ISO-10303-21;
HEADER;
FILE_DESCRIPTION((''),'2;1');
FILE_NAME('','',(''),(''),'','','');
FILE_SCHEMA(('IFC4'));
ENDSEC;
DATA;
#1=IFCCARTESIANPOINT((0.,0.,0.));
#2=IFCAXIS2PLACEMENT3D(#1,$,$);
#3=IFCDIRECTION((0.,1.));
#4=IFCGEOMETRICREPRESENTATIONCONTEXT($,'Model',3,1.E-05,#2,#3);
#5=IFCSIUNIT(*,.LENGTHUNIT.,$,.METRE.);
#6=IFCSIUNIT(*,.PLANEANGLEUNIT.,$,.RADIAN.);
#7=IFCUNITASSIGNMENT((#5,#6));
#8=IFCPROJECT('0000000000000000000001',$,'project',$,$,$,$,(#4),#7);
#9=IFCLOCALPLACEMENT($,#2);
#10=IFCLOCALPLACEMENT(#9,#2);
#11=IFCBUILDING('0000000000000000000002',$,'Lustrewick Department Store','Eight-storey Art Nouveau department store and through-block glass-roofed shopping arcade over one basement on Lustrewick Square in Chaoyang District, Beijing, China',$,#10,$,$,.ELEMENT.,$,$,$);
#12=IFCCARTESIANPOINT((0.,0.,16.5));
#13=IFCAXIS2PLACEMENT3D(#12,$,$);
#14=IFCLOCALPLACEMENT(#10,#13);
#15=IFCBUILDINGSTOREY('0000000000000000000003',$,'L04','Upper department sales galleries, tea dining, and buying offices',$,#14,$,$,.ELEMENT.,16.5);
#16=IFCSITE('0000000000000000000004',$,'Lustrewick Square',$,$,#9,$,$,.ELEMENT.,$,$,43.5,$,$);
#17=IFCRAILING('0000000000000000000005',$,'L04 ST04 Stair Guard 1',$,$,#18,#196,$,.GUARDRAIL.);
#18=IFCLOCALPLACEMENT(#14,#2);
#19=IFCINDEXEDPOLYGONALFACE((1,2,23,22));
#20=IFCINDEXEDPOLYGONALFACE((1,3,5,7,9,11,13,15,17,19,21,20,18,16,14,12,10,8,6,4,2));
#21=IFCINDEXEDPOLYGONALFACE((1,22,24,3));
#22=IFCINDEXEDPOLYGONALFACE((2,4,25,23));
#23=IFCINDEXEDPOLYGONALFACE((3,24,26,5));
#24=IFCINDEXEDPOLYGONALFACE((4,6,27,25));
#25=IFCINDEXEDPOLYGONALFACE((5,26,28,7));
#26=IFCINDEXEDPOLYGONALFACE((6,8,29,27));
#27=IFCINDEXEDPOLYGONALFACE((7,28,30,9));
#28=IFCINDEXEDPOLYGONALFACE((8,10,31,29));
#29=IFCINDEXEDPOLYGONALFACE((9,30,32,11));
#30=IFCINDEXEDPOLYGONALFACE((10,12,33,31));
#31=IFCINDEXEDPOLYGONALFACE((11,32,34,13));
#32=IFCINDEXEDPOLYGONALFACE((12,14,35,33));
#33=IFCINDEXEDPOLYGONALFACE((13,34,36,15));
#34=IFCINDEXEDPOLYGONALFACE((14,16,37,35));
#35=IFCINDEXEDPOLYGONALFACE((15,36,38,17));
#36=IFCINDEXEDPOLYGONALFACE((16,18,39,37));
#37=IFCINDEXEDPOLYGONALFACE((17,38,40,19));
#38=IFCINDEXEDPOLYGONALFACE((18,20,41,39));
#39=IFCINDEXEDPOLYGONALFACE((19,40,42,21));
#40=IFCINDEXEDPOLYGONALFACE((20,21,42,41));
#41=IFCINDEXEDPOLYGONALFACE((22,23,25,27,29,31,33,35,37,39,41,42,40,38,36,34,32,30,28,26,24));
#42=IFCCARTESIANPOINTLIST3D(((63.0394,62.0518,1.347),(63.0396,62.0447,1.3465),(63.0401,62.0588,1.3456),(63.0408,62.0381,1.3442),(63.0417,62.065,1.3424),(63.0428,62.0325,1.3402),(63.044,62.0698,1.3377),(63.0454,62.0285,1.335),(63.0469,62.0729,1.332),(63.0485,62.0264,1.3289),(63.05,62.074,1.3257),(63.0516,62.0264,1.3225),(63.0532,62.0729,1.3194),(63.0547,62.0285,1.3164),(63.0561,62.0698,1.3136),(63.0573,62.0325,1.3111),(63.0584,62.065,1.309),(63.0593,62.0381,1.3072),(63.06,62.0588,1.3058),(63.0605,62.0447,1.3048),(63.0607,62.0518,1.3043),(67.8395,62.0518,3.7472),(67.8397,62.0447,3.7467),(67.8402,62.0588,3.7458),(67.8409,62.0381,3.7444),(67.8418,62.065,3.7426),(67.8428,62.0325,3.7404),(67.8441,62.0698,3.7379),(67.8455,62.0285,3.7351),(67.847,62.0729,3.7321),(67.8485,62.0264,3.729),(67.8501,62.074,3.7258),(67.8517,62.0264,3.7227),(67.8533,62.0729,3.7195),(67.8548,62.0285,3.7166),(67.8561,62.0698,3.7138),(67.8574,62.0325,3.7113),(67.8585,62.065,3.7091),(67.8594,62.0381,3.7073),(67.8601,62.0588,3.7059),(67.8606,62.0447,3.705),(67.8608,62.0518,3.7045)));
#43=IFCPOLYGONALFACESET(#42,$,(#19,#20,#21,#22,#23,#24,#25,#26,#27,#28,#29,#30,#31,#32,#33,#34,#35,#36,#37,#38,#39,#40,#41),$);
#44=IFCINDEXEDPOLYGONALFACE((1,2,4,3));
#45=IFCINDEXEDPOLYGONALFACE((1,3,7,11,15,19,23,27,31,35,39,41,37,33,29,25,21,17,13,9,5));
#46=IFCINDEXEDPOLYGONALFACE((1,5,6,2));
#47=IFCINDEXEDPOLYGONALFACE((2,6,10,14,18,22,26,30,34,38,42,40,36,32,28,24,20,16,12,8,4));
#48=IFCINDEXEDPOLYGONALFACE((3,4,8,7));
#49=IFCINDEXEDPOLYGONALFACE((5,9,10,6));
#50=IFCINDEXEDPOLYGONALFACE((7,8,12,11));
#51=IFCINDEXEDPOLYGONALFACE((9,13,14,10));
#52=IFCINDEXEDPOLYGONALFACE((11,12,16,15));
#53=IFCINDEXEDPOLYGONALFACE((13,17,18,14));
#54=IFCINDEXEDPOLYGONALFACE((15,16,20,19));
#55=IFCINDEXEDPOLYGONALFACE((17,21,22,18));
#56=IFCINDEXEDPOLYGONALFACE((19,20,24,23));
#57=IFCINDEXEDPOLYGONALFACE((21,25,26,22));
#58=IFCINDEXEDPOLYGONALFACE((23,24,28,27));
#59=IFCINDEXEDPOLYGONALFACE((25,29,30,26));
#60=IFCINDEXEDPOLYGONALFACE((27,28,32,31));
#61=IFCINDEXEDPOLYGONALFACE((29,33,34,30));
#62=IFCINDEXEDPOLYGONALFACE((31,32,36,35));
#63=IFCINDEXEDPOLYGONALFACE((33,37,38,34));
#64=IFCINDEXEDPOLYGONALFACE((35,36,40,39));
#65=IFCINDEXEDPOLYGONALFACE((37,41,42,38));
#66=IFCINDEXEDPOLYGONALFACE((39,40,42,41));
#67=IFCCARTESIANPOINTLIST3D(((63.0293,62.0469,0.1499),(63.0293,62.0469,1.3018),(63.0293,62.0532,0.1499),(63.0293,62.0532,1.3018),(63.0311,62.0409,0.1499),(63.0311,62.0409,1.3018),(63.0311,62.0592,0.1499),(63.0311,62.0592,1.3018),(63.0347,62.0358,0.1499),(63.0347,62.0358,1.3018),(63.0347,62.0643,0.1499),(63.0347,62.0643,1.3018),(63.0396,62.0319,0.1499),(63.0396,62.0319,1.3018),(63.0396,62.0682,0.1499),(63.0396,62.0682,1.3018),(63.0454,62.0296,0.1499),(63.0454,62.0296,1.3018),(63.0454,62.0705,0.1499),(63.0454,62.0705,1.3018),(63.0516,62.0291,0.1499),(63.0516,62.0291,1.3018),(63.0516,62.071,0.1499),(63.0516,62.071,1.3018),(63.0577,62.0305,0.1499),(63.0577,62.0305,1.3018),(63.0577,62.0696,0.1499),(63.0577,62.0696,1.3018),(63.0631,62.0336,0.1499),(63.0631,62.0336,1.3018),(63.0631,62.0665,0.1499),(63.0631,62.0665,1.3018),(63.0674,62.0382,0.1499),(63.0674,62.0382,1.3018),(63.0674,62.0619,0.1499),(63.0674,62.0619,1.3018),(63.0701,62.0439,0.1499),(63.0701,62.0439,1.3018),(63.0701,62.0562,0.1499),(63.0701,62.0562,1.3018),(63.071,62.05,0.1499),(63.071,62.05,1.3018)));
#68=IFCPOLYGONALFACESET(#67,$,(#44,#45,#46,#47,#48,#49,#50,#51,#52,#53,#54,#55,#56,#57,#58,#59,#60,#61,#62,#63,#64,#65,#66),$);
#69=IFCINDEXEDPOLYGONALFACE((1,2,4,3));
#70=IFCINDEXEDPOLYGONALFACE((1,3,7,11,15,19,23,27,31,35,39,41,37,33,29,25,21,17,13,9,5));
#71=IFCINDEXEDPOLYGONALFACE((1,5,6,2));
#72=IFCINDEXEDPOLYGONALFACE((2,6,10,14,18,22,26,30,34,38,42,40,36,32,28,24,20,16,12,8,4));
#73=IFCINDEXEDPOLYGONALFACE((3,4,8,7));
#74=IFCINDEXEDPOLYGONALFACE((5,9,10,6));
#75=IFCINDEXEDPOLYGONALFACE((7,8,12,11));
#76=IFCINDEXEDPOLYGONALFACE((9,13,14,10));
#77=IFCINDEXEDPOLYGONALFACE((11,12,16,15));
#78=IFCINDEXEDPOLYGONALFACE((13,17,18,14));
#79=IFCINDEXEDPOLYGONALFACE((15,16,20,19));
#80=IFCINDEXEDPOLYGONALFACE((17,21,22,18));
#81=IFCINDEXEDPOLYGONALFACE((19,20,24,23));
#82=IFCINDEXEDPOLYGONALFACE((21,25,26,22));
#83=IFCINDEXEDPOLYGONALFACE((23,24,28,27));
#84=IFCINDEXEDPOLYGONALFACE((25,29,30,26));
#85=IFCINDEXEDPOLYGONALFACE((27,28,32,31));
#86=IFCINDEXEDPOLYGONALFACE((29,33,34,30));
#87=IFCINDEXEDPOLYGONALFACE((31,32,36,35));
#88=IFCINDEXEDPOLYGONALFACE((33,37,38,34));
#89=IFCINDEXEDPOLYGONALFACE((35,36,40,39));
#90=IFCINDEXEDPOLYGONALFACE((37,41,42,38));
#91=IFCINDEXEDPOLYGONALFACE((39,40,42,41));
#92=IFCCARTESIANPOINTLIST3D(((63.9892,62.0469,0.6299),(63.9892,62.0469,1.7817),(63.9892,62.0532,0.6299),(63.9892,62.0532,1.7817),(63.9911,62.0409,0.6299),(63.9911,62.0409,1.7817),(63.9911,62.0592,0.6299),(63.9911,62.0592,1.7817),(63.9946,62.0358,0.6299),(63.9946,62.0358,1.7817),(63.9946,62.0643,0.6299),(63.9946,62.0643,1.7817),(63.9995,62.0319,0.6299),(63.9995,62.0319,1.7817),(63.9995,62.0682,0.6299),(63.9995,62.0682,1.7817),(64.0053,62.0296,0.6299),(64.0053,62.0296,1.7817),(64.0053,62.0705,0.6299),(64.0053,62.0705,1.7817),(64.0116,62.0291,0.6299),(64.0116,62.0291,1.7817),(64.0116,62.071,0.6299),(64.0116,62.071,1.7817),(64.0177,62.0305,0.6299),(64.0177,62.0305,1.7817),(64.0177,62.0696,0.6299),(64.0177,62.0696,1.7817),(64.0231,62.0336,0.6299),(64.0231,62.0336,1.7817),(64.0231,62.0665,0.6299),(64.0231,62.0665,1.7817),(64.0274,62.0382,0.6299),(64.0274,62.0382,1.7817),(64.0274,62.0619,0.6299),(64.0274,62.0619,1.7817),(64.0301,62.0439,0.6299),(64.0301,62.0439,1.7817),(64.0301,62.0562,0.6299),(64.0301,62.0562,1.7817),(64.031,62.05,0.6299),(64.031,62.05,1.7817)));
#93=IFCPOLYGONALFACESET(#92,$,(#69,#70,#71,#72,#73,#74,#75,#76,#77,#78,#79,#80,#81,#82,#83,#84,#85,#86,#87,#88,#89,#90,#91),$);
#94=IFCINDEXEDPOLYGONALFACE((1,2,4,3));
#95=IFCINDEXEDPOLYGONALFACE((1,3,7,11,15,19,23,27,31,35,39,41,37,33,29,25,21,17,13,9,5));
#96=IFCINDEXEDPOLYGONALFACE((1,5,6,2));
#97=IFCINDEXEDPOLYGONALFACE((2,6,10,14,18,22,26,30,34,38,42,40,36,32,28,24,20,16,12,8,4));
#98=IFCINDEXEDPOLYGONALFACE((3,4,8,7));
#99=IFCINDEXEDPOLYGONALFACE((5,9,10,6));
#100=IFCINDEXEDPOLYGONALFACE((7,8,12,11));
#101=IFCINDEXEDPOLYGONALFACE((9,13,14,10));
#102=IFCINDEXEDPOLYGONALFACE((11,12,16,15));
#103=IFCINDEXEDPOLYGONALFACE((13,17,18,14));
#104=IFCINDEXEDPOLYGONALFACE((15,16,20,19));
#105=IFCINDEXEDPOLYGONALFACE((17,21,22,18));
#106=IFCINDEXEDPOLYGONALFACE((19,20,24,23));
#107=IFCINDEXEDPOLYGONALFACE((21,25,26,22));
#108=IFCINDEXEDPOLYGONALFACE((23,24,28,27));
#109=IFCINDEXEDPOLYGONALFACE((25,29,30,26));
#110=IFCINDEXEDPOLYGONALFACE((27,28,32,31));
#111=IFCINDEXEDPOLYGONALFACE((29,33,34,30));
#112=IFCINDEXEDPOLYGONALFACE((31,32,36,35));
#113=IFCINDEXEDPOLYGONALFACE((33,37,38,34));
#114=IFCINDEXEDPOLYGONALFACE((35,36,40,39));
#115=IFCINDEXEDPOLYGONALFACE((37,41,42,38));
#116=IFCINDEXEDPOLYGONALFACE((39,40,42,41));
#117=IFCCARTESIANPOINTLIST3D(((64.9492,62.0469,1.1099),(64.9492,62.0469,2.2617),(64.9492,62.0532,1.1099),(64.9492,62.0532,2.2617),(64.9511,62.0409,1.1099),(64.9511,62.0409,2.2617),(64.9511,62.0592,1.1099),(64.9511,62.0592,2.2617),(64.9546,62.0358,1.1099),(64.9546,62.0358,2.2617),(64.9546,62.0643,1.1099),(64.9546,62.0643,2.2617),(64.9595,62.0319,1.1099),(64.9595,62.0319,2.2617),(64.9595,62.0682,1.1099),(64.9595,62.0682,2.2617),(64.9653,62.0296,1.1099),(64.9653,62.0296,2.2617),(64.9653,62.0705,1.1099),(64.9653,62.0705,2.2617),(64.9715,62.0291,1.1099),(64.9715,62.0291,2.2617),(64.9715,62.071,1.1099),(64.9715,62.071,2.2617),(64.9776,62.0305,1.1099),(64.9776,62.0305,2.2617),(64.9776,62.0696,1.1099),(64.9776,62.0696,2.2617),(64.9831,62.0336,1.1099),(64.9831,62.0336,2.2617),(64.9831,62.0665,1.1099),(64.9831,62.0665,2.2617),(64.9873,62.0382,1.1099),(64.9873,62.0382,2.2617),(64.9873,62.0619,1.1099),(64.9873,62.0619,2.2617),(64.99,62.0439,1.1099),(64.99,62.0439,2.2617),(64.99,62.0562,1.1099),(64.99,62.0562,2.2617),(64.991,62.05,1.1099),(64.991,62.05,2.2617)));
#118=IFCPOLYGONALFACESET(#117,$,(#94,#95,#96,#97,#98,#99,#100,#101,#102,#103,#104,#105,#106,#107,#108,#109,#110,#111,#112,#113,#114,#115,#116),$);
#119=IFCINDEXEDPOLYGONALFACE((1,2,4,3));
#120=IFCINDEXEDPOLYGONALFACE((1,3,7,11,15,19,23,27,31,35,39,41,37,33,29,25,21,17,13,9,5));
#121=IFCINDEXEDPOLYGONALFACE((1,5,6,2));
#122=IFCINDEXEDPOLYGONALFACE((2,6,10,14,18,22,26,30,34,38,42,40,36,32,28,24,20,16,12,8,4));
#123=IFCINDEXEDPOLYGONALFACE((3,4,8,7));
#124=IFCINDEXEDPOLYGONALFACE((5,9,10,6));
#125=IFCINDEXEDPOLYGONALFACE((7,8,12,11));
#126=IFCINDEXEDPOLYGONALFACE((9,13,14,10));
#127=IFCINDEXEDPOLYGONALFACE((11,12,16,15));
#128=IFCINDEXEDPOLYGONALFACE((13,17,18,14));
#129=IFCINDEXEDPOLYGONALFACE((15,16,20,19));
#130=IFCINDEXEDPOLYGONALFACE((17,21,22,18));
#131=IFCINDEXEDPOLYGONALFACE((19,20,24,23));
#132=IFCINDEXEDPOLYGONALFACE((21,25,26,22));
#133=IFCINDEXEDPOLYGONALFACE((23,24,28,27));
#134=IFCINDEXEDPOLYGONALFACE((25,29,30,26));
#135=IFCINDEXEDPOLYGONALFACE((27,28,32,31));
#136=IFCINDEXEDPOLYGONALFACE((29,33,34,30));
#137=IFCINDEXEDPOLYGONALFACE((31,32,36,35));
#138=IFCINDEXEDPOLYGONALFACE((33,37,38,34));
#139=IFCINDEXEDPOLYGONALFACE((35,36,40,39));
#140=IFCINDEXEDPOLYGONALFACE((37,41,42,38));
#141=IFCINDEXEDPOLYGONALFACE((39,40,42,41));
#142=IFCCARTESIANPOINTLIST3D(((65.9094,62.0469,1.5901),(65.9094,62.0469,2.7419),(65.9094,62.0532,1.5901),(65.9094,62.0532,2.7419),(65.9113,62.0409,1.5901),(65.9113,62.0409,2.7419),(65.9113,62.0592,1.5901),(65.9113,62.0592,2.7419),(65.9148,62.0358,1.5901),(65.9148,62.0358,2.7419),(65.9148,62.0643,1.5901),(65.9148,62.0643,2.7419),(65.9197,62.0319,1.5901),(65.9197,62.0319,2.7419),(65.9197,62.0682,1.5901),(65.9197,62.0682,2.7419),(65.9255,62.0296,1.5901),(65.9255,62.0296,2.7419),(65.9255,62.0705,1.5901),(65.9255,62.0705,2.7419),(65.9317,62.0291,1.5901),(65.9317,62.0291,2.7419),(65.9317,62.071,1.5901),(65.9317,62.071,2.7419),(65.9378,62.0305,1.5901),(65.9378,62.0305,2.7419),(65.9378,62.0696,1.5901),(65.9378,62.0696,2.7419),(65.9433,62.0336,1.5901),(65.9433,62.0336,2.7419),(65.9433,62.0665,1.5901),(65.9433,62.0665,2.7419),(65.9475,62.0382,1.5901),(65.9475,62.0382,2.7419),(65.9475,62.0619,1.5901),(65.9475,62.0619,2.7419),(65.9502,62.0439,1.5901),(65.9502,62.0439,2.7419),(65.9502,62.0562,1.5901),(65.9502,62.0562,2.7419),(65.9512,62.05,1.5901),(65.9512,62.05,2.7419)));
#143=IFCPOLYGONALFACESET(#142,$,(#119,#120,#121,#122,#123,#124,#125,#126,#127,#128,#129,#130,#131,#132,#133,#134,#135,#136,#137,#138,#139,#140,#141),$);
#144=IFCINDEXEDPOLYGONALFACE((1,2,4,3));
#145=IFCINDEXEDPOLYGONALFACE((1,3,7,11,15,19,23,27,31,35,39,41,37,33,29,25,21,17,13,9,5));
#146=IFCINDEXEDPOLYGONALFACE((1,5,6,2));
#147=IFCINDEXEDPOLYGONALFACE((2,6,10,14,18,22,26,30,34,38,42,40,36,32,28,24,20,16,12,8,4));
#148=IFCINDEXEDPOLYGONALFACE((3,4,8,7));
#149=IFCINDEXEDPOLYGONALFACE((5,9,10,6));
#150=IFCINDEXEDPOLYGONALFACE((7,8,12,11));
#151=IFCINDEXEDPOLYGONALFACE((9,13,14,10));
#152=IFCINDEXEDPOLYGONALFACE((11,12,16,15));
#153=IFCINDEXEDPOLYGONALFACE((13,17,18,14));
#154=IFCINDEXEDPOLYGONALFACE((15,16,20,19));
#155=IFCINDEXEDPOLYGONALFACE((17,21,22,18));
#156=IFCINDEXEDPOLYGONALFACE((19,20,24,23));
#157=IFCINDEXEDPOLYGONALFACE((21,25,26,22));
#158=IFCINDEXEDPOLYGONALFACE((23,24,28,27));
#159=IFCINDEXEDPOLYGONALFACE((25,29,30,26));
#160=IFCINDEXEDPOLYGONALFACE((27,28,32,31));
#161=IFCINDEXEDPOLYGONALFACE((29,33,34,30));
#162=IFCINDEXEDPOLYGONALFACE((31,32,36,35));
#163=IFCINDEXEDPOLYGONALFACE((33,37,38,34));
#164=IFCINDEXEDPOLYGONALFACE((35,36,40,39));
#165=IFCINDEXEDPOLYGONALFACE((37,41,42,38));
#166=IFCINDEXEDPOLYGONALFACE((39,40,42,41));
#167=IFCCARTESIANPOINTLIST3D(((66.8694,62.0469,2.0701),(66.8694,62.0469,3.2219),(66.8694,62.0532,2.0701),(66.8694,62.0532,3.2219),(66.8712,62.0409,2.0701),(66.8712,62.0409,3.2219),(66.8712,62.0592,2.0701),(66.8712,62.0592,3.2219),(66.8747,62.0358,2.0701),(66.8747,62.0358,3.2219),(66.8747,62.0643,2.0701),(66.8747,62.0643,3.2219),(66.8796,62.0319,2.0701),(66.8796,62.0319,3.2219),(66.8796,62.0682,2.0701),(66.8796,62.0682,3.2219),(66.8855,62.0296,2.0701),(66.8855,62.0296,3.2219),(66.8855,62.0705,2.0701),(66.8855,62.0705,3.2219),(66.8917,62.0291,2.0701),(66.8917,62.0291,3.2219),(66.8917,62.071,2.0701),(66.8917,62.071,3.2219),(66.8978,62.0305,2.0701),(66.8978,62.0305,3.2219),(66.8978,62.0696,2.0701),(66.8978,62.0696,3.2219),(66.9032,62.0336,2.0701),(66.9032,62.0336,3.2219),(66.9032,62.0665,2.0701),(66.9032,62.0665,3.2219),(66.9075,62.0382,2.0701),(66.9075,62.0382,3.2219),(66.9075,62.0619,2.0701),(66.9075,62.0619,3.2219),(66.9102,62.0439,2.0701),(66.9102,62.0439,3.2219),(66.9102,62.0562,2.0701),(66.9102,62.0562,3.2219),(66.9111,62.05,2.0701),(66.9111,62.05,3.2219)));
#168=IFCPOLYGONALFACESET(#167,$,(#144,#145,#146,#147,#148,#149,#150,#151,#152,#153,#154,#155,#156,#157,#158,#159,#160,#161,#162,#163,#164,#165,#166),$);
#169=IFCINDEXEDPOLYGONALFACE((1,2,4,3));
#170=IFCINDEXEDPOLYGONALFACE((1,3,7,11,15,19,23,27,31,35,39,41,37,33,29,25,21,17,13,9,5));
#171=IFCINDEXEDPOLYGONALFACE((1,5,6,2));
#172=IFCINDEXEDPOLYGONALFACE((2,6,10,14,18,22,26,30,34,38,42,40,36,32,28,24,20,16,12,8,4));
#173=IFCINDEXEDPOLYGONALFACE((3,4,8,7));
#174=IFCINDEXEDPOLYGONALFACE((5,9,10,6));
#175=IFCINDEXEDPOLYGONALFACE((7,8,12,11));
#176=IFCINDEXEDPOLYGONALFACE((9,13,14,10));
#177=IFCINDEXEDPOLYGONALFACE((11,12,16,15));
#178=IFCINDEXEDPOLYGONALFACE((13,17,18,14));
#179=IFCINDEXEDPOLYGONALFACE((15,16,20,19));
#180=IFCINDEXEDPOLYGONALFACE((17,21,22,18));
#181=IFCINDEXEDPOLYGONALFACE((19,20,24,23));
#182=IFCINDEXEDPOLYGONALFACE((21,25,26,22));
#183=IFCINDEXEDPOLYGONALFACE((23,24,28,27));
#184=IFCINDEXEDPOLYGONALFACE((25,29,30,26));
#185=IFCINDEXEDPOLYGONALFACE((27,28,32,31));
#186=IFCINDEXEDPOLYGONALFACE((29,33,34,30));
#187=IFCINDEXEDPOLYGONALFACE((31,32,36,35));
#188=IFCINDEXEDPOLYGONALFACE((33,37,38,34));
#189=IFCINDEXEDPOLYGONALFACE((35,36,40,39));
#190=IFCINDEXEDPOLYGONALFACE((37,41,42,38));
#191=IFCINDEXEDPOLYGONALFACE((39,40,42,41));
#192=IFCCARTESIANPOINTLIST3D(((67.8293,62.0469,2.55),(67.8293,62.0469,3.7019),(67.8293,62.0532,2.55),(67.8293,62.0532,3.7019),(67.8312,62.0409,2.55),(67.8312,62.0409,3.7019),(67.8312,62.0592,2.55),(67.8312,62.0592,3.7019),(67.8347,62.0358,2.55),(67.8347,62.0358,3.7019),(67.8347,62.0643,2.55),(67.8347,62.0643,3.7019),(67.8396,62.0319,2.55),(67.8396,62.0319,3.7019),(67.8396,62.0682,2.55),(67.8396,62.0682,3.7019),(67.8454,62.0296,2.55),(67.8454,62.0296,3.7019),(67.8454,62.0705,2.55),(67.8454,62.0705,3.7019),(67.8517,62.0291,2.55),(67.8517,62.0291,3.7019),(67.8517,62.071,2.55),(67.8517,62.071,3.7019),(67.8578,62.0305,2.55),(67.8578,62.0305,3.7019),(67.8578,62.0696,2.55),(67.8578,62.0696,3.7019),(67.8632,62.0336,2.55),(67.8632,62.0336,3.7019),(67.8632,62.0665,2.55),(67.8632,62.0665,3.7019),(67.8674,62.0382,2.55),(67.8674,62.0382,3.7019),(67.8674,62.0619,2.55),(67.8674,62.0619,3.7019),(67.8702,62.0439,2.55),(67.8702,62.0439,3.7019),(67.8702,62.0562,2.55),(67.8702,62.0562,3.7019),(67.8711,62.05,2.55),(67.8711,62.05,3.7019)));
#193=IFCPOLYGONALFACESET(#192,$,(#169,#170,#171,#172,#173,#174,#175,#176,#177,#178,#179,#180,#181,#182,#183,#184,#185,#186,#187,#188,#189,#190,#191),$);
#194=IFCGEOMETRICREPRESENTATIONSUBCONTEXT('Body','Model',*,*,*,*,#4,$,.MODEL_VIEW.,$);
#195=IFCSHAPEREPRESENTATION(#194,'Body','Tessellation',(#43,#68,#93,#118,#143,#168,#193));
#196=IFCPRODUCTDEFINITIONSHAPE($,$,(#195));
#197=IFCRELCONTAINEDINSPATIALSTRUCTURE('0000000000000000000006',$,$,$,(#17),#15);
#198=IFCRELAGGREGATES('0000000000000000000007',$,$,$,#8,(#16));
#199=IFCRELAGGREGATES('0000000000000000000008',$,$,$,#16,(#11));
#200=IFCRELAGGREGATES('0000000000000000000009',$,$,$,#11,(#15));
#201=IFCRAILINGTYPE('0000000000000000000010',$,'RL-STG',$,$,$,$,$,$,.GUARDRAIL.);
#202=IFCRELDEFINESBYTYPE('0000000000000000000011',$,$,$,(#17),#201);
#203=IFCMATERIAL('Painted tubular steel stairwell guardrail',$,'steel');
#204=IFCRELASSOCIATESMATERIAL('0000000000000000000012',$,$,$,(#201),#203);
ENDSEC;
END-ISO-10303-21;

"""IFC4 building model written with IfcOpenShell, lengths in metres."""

from ifc_helpers import new_model, si_unit, direction, frame, origin, origin_2d, place, context, subcontext, project, spatial, circle, extrude, material, type_object, element, save


model = new_model("IFC4")

# Units and contexts
model_context = context("Model", 3, precision=1e-05, world=origin(), true_north=direction((0.0, 1.0)))
body_context = subcontext(model_context, "Body", "Model", "MODEL_VIEW")
ifc_project = project(units=[si_unit("LENGTHUNIT", "METRE"), si_unit("PLANEANGLEUNIT", "RADIAN")], contexts=[model_context])

# Site, building, storey
site_placement = place(None, origin())
site = spatial("IfcSite", under=ifc_project, at=site_placement, Name="Lustrewick Square", CompositionType="ELEMENT", RefElevation=43.5)
building_placement = place(site_placement, origin())
building = spatial("IfcBuilding", under=site, at=building_placement, Name="Lustrewick Department Store", Description="Eight-storey Art Nouveau department store and through-block glass-roofed shopping arcade over one basement on Lustrewick Square in Chaoyang District, Beijing, China", CompositionType="ELEMENT")
storey_placement = place(building_placement, frame((0.0, 0.0, 16.5)))
storey = spatial("IfcBuildingStorey", under=building, at=storey_placement, Name="L04", Description="Upper department sales galleries, tea dining, and buying offices", CompositionType="ELEMENT", Elevation=16.5)

# Railing
ifc_material_1 = material(Name="Painted tubular steel stairwell guardrail", Category="steel")
railing_type_1 = type_object("IfcRailingType", Name="RL-STG", PredefinedType="GUARDRAIL", material=ifc_material_1)
railing_1_placement = place(storey_placement, frame((63.05, 62.05, 0.1499)))
element("IfcRailing", 1, at=railing_1_placement, inside=storey, type_object=railing_type_1, Name="L04 ST04 Stair Guard 1", PredefinedType="GUARDRAIL", context=body_context, shape_type="SweptSolid", body=[
    extrude(circle(Radius=0.0239, at=origin_2d()), frame((0.0, 0.0, 1.1758), z_axis=(0.894418, 0.0, 0.447232), x_axis=(0.0, 1.0, 0.0)), (0.0, 0.0, 1.0), 5.3667),
    extrude(circle(Radius=0.021, at=origin_2d()), origin(), (0.0, 0.0, 1.0), 1.1519),
    extrude(circle(Radius=0.021, at=origin_2d()), frame((0.96, 0.0, 0.48)), (0.0, 0.0, 1.0), 1.1519),
    extrude(circle(Radius=0.021, at=origin_2d()), frame((1.9199, 0.0, 0.96)), (0.0, 0.0, 1.0), 1.1519),
    extrude(circle(Radius=0.021, at=origin_2d()), frame((2.8801, 0.0, 1.4402)), (0.0, 0.0, 1.0), 1.1519),
    extrude(circle(Radius=0.021, at=origin_2d()), frame((3.8401, 0.0, 1.9202)), (0.0, 0.0, 1.0), 1.1519),
    extrude(circle(Radius=0.021, at=origin_2d()), frame((4.8, 0.0, 2.4001)), (0.0, 0.0, 1.0), 1.1519),
])

save(model, "model.ifc")
